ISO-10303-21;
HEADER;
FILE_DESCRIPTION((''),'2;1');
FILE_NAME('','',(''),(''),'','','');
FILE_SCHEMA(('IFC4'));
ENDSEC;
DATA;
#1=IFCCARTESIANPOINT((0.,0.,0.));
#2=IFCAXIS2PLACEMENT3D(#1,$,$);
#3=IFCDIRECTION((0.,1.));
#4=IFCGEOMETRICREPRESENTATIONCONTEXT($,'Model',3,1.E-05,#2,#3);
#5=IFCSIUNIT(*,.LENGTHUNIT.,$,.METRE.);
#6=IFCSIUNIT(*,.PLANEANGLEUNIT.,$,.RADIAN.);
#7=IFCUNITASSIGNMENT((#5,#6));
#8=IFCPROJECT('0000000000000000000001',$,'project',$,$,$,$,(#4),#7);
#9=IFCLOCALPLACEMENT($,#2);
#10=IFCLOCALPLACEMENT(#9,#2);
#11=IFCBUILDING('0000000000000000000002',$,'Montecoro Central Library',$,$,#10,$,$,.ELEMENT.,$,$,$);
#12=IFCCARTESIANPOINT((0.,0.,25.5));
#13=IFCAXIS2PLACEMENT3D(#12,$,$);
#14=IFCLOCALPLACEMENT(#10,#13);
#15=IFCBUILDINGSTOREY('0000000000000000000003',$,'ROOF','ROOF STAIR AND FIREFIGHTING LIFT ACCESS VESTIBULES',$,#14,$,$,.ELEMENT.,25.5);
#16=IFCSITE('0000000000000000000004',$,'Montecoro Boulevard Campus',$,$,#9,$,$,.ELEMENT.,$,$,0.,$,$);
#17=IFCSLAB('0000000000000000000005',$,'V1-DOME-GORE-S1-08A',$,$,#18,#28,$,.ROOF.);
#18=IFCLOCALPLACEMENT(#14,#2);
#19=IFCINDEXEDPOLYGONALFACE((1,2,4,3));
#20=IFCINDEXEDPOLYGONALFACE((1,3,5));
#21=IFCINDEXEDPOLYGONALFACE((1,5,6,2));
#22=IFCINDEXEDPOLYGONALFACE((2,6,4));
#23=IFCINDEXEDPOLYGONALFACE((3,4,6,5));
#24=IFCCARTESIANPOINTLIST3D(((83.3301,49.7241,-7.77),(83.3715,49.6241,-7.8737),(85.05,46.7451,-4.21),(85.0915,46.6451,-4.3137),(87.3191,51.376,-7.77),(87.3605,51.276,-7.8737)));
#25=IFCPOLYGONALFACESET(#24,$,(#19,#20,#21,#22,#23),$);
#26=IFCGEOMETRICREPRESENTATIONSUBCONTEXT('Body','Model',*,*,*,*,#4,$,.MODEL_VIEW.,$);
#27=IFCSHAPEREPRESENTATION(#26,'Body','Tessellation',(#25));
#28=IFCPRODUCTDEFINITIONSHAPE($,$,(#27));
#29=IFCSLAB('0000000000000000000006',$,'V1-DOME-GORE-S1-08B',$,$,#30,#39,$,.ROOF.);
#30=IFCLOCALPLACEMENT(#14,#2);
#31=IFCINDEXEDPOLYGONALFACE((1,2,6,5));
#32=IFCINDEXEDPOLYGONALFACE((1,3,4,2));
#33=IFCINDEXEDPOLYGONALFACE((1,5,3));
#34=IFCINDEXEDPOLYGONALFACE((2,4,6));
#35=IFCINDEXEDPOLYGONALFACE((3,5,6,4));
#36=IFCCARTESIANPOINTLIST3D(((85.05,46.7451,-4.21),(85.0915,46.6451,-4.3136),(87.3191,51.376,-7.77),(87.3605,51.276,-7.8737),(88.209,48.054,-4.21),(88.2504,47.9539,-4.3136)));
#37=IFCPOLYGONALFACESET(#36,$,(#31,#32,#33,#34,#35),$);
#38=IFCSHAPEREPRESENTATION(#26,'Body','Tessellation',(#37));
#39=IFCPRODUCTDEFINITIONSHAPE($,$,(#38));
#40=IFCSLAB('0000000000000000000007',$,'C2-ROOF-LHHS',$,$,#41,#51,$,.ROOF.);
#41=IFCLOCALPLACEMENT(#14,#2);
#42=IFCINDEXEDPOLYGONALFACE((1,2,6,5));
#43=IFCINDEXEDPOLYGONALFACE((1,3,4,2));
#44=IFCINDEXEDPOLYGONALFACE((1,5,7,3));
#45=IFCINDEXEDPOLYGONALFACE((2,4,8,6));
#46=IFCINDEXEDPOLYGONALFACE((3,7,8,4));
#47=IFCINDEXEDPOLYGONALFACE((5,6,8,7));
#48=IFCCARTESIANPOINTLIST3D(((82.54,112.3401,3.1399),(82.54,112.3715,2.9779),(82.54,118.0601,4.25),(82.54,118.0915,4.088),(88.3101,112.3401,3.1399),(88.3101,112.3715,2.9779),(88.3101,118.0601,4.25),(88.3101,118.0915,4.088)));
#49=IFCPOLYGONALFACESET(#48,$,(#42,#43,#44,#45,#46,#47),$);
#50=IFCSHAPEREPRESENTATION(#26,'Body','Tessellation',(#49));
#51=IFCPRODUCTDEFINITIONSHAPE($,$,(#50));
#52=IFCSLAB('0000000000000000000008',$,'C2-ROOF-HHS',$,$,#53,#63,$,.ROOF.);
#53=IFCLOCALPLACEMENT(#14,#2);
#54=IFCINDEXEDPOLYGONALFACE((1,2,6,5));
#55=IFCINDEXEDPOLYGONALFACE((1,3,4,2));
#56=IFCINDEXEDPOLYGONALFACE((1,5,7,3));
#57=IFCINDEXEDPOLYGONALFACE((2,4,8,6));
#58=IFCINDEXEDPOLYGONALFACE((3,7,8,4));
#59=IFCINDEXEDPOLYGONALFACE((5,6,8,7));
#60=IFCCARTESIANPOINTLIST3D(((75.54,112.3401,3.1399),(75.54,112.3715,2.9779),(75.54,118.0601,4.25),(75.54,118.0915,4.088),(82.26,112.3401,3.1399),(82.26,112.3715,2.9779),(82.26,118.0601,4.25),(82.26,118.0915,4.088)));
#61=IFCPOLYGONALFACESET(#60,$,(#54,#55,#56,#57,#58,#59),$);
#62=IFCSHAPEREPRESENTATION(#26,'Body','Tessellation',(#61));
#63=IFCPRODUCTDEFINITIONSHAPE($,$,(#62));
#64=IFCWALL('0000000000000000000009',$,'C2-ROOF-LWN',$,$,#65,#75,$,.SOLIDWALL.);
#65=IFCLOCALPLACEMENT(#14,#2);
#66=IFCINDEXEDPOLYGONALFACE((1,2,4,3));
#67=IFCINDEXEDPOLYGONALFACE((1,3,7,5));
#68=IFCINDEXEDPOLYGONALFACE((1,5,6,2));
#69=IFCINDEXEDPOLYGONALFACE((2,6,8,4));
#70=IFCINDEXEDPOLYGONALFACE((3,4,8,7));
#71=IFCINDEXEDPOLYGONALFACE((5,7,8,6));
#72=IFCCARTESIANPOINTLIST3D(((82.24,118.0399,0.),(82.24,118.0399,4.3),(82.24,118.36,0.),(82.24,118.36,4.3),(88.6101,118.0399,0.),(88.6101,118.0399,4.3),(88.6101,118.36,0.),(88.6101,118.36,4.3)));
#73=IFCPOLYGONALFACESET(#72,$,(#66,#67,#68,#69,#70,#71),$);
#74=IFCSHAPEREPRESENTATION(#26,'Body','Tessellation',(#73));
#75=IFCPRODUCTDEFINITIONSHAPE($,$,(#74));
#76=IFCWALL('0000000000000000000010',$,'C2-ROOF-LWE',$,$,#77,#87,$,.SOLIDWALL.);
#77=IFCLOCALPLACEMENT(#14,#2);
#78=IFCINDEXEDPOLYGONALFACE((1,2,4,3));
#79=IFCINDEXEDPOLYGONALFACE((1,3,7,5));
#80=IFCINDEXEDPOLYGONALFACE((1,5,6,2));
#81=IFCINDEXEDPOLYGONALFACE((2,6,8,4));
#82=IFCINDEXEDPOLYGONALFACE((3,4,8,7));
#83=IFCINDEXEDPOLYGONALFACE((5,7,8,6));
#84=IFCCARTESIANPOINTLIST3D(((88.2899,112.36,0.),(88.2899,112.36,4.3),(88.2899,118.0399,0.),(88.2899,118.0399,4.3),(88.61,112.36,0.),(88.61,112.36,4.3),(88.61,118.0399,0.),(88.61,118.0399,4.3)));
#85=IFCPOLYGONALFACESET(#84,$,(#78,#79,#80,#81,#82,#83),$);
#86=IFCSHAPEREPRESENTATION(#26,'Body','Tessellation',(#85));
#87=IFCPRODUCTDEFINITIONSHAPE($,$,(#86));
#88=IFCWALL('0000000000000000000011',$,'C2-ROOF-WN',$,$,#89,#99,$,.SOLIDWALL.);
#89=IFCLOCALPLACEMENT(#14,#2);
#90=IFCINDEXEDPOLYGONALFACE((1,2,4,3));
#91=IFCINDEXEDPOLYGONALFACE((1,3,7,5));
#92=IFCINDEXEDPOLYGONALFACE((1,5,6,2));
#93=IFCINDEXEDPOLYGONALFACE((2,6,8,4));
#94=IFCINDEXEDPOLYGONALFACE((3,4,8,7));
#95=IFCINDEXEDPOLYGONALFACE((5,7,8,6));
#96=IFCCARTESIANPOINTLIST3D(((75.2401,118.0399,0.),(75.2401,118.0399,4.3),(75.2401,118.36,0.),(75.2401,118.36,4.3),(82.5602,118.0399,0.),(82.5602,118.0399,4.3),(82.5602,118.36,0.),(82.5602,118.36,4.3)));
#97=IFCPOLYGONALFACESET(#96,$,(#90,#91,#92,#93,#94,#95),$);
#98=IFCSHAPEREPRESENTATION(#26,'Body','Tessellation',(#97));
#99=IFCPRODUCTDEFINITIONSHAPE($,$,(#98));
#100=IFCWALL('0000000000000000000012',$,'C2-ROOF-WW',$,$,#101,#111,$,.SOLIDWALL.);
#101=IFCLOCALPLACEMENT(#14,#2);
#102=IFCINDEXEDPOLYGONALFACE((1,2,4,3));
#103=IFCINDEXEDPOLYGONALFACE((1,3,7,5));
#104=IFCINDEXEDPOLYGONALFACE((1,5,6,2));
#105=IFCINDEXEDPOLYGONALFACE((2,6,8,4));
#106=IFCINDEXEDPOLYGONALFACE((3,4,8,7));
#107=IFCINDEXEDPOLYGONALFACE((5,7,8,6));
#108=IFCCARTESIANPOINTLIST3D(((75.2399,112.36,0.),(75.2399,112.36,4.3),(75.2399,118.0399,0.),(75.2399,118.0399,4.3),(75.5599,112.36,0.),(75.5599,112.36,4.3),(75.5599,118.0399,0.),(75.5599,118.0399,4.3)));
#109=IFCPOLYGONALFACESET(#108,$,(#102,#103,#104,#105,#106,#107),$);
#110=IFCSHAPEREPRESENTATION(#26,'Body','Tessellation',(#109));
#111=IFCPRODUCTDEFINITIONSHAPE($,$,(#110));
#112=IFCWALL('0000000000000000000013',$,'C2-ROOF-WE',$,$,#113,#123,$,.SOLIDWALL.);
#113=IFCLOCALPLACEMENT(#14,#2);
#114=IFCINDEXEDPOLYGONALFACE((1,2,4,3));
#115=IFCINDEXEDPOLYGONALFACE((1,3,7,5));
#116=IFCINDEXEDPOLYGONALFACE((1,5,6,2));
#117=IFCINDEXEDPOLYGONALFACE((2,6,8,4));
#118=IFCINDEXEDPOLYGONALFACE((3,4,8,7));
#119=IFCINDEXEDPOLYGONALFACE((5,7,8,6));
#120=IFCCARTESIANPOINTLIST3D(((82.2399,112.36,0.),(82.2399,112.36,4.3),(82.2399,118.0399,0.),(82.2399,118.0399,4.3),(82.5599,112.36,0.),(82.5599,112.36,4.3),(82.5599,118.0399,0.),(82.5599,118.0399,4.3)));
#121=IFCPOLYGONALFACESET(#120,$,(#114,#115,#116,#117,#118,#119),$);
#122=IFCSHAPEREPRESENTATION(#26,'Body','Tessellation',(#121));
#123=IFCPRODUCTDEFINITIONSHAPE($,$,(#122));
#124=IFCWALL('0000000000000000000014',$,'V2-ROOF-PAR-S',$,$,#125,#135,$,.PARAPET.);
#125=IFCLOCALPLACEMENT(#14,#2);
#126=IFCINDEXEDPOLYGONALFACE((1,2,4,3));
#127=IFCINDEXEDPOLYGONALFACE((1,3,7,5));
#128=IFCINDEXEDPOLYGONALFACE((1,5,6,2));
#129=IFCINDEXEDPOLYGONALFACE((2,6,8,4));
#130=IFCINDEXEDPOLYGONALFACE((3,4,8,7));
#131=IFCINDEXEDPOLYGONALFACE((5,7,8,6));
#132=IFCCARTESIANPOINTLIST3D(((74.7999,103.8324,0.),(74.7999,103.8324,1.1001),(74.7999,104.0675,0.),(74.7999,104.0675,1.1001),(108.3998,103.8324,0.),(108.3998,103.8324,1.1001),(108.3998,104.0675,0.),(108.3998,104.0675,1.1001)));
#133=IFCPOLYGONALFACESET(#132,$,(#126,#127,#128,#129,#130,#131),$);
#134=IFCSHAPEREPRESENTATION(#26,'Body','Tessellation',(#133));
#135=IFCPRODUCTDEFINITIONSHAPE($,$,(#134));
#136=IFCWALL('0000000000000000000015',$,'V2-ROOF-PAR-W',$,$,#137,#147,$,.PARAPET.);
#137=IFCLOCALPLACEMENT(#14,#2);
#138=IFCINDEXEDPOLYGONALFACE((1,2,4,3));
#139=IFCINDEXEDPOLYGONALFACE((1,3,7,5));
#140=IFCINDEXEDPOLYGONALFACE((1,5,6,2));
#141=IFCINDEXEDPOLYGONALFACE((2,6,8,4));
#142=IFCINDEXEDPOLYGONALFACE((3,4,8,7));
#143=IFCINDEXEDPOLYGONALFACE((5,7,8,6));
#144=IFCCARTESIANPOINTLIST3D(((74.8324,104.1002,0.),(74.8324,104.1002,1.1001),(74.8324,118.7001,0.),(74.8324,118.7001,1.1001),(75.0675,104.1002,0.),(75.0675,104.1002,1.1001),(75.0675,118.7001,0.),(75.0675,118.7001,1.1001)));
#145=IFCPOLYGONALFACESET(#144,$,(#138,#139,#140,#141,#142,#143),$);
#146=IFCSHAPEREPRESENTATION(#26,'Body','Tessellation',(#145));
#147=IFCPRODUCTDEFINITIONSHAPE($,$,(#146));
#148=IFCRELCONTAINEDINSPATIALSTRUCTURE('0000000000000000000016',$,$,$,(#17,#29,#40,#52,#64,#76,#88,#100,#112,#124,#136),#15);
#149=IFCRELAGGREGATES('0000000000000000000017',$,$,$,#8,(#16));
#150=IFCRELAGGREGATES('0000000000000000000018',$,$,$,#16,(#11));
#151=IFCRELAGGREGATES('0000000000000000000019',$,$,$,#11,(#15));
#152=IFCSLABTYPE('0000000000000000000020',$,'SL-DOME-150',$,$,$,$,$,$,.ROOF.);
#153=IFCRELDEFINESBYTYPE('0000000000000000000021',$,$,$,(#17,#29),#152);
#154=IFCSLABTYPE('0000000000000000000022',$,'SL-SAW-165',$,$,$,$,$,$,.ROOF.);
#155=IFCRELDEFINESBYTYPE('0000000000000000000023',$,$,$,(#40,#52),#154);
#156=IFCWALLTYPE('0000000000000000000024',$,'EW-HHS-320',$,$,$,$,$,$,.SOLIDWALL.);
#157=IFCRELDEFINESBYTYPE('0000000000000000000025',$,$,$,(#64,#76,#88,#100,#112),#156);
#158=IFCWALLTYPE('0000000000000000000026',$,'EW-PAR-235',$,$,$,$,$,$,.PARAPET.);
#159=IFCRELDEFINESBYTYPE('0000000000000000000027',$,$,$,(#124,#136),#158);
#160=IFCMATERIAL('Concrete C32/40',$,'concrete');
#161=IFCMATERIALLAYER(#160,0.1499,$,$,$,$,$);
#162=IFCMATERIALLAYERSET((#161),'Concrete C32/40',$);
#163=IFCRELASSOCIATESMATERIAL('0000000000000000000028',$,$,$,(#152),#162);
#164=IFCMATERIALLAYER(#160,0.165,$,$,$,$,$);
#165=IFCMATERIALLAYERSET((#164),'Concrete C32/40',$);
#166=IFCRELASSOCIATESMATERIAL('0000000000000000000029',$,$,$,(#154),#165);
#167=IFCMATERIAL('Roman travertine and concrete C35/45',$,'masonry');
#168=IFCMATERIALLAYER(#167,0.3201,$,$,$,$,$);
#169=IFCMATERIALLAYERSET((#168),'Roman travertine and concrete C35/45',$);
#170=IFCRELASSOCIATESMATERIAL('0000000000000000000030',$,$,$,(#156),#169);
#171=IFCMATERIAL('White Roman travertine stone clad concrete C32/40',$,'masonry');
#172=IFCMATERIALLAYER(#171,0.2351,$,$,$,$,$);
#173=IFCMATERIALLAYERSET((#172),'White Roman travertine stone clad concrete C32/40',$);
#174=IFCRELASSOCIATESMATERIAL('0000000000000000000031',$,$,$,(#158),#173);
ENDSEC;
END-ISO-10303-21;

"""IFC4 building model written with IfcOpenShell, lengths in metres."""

from ifc_helpers import new_model, si_unit, direction, frame, frame_2d, origin, place, context, subcontext, project, spatial, polyline, rectangle, outline, extrude, material, layer, layer_set, type_object, element, save


model = new_model("IFC4")

# Units and contexts
model_context = context("Model", 3, precision=1e-05, world=origin(), true_north=direction((0.0, 1.0)))
body_context = subcontext(model_context, "Body", "Model", "MODEL_VIEW")
ifc_project = project(units=[si_unit("LENGTHUNIT", "METRE"), si_unit("PLANEANGLEUNIT", "RADIAN")], contexts=[model_context])

# Site, building, storey
site_placement = place(None, origin())
site = spatial("IfcSite", under=ifc_project, at=site_placement, Name="Montecoro Boulevard Campus", CompositionType="ELEMENT", RefElevation=0.0)
building_placement = place(site_placement, origin())
building = spatial("IfcBuilding", under=site, at=building_placement, Name="Montecoro Central Library", CompositionType="ELEMENT")
storey_placement = place(building_placement, frame((0.0, 0.0, 25.5)))
storey = spatial("IfcBuildingStorey", under=building, at=storey_placement, Name="ROOF", Description="ROOF STAIR AND FIREFIGHTING LIFT ACCESS VESTIBULES", CompositionType="ELEMENT", Elevation=25.5)

# Slabs
ifc_material_1 = material(Name="Concrete C32/40", Category="concrete")
ifc_layer_1 = layer(ifc_material_1, 0.1499)
ifc_layer_set_1 = layer_set([ifc_layer_1], Name="Concrete C32/40")
slab_type_1 = type_object("IfcSlabType", Name="SL-DOME-150", PredefinedType="ROOF", material=ifc_layer_set_1)
slab_1_placement = place(storey_placement, frame((87.3191, 51.376, -7.77), z_axis=(-0.27628, 0.66718, 0.691766), x_axis=(-0.923916, -0.382595, 0.0)))
element("IfcSlab", 1, at=slab_1_placement, inside=storey, type_object=slab_type_1, Name="V1-DOME-GORE-S1-08A", PredefinedType="ROOF", context=body_context, shape_type="SweptSolid", body=[
    extrude(outline(polyline([(0.0, 0.0), (4.3175, 0.0), (3.8681, 4.93), (0.0, 0.0)])), origin(), (0.0, 0.0, -1.0), 0.1499),
])
slab_2_placement = place(storey_placement, frame((87.3191, 51.376, -7.77), z_axis=(-0.276439, 0.667197, 0.691686), x_axis=(-0.362098, -0.739002, 0.568121)))
element("IfcSlab", 2, at=slab_2_placement, inside=storey, type_object=slab_type_1, Name="V1-DOME-GORE-S1-08B", PredefinedType="ROOF", context=body_context, shape_type="SweptSolid", body=[
    extrude(outline(polyline([(0.0, 0.0), (6.2664, 0.0), (4.1553, 2.6898), (0.0, 0.0)])), origin(), (0.0, 0.0, -1.0), 0.1499),
])
ifc_layer_2 = layer(ifc_material_1, 0.165)
ifc_layer_set_2 = layer_set([ifc_layer_2], Name="Concrete C32/40")
slab_type_2 = type_object("IfcSlabType", Name="SL-SAW-165", PredefinedType="ROOF", material=ifc_layer_set_2)
slab_3_placement = place(storey_placement, frame((82.54, 112.3401, 3.1399), z_axis=(0.0, -0.190521, 0.981683), x_axis=(1.0, 0.0, 0.0)))
element("IfcSlab", 3, at=slab_3_placement, inside=storey, type_object=slab_type_2, Name="C2-ROOF-LHHS", PredefinedType="ROOF", context=body_context, shape_type="SweptSolid", body=[
    extrude(outline(polyline([(0.0, 0.0), (5.77, 0.0), (5.77, 5.8267), (0.0, 5.8267), (0.0, 0.0)])), origin(), (0.0, 0.0, -1.0), 0.165),
])
slab_4_placement = place(storey_placement, frame((75.54, 112.3401, 3.1399), z_axis=(0.0, -0.190521, 0.981683), x_axis=(1.0, 0.0, 0.0)))
element("IfcSlab", 4, at=slab_4_placement, inside=storey, type_object=slab_type_2, Name="C2-ROOF-HHS", PredefinedType="ROOF", context=body_context, shape_type="SweptSolid", body=[
    extrude(outline(polyline([(0.0, 0.0), (6.72, 0.0), (6.72, 5.8267), (0.0, 5.8267), (0.0, 0.0)])), origin(), (0.0, 0.0, -1.0), 0.165),
])

# Shared definitions
ifc_material_2 = material(Name="Roman travertine and concrete C35/45", Category="masonry")
ifc_layer_3 = layer(ifc_material_2, 0.3201)
ifc_layer_set_3 = layer_set([ifc_layer_3], Name="Roman travertine and concrete C35/45")
wall_type_1 = type_object("IfcWallType", Name="EW-HHS-320", PredefinedType="SOLIDWALL", material=ifc_layer_set_3)

# Walls
wall_1_placement = place(storey_placement, frame((88.6101, 118.2, 0.0), z_axis=(0.0, 0.0, 1.0), x_axis=(-1.0, 0.0, 0.0)))
element("IfcWall", 5, at=wall_1_placement, inside=storey, type_object=wall_type_1, Name="C2-ROOF-LWN", PredefinedType="SOLIDWALL", context=body_context, shape_type="SweptSolid", body=[
    extrude(rectangle(XDim=6.3701, YDim=0.3201, at=frame_2d((3.1851, 0.0))), origin(), (0.0, 0.0, 1.0), 4.3),
])
wall_2_placement = place(storey_placement, frame((88.45, 112.3601, 0.0), z_axis=(0.0, 0.0, 1.0), x_axis=(0.0, 1.0, 0.0)))
element("IfcWall", 6, at=wall_2_placement, inside=storey, type_object=wall_type_1, Name="C2-ROOF-LWE", PredefinedType="SOLIDWALL", context=body_context, shape_type="SweptSolid", body=[
    extrude(rectangle(XDim=5.6799, YDim=0.3201, at=frame_2d((2.8398, 0.0))), origin(), (0.0, 0.0, 1.0), 4.3),
])

# Walls
wall_3_placement = place(storey_placement, frame((75.24, 118.2, 0.0), z_axis=(0.0, 0.0, 1.0), x_axis=(1.0, 0.0, 0.0)))
element("IfcWall", 7, at=wall_3_placement, inside=storey, type_object=wall_type_1, Name="C2-ROOF-WN", PredefinedType="SOLIDWALL", context=body_context, shape_type="SweptSolid", body=[
    extrude(rectangle(XDim=7.3201, YDim=0.3201, at=frame_2d((3.6602, 0.0))), origin(), (0.0, 0.0, 1.0), 4.3),
])
for number, where, z_axis, x_axis, name in (
    (8, (75.3999, 112.3601, 0.0), (0.0, 0.0, 1.0), (0.0, 1.0, 0.0), "C2-ROOF-WW"),
    (9, (82.3999, 112.3601, 0.0), (0.0, 0.0, 1.0), (0.0, 1.0, 0.0), "C2-ROOF-WE"),
):
    element("IfcWall", number, at=place(storey_placement, frame(where, z_axis=z_axis, x_axis=x_axis)), inside=storey, type_object=wall_type_1, Name=name, PredefinedType="SOLIDWALL", context=body_context, shape_type="SweptSolid", body=[
        extrude(rectangle(XDim=5.6799, YDim=0.3201, at=frame_2d((2.8398, 0.0))), origin(), (0.0, 0.0, 1.0), 4.3),
    ])
ifc_material_3 = material(Name="White Roman travertine stone clad concrete C32/40", Category="masonry")
ifc_layer_4 = layer(ifc_material_3, 0.2351)
ifc_layer_set_4 = layer_set([ifc_layer_4], Name="White Roman travertine stone clad concrete C32/40")
wall_type_2 = type_object("IfcWallType", Name="EW-PAR-235", PredefinedType="PARAPET", material=ifc_layer_set_4)
wall_4_placement = place(storey_placement, frame((74.8, 103.95, 0.0), z_axis=(0.0, 0.0, 1.0), x_axis=(1.0, 0.0, 0.0)))
element("IfcWall", 10, at=wall_4_placement, inside=storey, type_object=wall_type_2, Name="V2-ROOF-PAR-S", PredefinedType="PARAPET", context=body_context, shape_type="SweptSolid", body=[
    extrude(rectangle(XDim=33.5999, YDim=0.2351, at=frame_2d((16.7998, 0.0))), origin(), (0.0, 0.0, 1.0), 1.1001),
])
wall_5_placement = place(storey_placement, frame((74.95, 118.7, 0.0), z_axis=(0.0, 0.0, 1.0), x_axis=(0.0, -1.0, 0.0)))
element("IfcWall", 11, at=wall_5_placement, inside=storey, type_object=wall_type_2, Name="V2-ROOF-PAR-W", PredefinedType="PARAPET", context=body_context, shape_type="SweptSolid", body=[
    extrude(rectangle(XDim=14.5999, YDim=0.2351, at=frame_2d((7.2998, 0.0))), origin(), (0.0, 0.0, 1.0), 1.1001),
])

save(model, "model.ifc")
